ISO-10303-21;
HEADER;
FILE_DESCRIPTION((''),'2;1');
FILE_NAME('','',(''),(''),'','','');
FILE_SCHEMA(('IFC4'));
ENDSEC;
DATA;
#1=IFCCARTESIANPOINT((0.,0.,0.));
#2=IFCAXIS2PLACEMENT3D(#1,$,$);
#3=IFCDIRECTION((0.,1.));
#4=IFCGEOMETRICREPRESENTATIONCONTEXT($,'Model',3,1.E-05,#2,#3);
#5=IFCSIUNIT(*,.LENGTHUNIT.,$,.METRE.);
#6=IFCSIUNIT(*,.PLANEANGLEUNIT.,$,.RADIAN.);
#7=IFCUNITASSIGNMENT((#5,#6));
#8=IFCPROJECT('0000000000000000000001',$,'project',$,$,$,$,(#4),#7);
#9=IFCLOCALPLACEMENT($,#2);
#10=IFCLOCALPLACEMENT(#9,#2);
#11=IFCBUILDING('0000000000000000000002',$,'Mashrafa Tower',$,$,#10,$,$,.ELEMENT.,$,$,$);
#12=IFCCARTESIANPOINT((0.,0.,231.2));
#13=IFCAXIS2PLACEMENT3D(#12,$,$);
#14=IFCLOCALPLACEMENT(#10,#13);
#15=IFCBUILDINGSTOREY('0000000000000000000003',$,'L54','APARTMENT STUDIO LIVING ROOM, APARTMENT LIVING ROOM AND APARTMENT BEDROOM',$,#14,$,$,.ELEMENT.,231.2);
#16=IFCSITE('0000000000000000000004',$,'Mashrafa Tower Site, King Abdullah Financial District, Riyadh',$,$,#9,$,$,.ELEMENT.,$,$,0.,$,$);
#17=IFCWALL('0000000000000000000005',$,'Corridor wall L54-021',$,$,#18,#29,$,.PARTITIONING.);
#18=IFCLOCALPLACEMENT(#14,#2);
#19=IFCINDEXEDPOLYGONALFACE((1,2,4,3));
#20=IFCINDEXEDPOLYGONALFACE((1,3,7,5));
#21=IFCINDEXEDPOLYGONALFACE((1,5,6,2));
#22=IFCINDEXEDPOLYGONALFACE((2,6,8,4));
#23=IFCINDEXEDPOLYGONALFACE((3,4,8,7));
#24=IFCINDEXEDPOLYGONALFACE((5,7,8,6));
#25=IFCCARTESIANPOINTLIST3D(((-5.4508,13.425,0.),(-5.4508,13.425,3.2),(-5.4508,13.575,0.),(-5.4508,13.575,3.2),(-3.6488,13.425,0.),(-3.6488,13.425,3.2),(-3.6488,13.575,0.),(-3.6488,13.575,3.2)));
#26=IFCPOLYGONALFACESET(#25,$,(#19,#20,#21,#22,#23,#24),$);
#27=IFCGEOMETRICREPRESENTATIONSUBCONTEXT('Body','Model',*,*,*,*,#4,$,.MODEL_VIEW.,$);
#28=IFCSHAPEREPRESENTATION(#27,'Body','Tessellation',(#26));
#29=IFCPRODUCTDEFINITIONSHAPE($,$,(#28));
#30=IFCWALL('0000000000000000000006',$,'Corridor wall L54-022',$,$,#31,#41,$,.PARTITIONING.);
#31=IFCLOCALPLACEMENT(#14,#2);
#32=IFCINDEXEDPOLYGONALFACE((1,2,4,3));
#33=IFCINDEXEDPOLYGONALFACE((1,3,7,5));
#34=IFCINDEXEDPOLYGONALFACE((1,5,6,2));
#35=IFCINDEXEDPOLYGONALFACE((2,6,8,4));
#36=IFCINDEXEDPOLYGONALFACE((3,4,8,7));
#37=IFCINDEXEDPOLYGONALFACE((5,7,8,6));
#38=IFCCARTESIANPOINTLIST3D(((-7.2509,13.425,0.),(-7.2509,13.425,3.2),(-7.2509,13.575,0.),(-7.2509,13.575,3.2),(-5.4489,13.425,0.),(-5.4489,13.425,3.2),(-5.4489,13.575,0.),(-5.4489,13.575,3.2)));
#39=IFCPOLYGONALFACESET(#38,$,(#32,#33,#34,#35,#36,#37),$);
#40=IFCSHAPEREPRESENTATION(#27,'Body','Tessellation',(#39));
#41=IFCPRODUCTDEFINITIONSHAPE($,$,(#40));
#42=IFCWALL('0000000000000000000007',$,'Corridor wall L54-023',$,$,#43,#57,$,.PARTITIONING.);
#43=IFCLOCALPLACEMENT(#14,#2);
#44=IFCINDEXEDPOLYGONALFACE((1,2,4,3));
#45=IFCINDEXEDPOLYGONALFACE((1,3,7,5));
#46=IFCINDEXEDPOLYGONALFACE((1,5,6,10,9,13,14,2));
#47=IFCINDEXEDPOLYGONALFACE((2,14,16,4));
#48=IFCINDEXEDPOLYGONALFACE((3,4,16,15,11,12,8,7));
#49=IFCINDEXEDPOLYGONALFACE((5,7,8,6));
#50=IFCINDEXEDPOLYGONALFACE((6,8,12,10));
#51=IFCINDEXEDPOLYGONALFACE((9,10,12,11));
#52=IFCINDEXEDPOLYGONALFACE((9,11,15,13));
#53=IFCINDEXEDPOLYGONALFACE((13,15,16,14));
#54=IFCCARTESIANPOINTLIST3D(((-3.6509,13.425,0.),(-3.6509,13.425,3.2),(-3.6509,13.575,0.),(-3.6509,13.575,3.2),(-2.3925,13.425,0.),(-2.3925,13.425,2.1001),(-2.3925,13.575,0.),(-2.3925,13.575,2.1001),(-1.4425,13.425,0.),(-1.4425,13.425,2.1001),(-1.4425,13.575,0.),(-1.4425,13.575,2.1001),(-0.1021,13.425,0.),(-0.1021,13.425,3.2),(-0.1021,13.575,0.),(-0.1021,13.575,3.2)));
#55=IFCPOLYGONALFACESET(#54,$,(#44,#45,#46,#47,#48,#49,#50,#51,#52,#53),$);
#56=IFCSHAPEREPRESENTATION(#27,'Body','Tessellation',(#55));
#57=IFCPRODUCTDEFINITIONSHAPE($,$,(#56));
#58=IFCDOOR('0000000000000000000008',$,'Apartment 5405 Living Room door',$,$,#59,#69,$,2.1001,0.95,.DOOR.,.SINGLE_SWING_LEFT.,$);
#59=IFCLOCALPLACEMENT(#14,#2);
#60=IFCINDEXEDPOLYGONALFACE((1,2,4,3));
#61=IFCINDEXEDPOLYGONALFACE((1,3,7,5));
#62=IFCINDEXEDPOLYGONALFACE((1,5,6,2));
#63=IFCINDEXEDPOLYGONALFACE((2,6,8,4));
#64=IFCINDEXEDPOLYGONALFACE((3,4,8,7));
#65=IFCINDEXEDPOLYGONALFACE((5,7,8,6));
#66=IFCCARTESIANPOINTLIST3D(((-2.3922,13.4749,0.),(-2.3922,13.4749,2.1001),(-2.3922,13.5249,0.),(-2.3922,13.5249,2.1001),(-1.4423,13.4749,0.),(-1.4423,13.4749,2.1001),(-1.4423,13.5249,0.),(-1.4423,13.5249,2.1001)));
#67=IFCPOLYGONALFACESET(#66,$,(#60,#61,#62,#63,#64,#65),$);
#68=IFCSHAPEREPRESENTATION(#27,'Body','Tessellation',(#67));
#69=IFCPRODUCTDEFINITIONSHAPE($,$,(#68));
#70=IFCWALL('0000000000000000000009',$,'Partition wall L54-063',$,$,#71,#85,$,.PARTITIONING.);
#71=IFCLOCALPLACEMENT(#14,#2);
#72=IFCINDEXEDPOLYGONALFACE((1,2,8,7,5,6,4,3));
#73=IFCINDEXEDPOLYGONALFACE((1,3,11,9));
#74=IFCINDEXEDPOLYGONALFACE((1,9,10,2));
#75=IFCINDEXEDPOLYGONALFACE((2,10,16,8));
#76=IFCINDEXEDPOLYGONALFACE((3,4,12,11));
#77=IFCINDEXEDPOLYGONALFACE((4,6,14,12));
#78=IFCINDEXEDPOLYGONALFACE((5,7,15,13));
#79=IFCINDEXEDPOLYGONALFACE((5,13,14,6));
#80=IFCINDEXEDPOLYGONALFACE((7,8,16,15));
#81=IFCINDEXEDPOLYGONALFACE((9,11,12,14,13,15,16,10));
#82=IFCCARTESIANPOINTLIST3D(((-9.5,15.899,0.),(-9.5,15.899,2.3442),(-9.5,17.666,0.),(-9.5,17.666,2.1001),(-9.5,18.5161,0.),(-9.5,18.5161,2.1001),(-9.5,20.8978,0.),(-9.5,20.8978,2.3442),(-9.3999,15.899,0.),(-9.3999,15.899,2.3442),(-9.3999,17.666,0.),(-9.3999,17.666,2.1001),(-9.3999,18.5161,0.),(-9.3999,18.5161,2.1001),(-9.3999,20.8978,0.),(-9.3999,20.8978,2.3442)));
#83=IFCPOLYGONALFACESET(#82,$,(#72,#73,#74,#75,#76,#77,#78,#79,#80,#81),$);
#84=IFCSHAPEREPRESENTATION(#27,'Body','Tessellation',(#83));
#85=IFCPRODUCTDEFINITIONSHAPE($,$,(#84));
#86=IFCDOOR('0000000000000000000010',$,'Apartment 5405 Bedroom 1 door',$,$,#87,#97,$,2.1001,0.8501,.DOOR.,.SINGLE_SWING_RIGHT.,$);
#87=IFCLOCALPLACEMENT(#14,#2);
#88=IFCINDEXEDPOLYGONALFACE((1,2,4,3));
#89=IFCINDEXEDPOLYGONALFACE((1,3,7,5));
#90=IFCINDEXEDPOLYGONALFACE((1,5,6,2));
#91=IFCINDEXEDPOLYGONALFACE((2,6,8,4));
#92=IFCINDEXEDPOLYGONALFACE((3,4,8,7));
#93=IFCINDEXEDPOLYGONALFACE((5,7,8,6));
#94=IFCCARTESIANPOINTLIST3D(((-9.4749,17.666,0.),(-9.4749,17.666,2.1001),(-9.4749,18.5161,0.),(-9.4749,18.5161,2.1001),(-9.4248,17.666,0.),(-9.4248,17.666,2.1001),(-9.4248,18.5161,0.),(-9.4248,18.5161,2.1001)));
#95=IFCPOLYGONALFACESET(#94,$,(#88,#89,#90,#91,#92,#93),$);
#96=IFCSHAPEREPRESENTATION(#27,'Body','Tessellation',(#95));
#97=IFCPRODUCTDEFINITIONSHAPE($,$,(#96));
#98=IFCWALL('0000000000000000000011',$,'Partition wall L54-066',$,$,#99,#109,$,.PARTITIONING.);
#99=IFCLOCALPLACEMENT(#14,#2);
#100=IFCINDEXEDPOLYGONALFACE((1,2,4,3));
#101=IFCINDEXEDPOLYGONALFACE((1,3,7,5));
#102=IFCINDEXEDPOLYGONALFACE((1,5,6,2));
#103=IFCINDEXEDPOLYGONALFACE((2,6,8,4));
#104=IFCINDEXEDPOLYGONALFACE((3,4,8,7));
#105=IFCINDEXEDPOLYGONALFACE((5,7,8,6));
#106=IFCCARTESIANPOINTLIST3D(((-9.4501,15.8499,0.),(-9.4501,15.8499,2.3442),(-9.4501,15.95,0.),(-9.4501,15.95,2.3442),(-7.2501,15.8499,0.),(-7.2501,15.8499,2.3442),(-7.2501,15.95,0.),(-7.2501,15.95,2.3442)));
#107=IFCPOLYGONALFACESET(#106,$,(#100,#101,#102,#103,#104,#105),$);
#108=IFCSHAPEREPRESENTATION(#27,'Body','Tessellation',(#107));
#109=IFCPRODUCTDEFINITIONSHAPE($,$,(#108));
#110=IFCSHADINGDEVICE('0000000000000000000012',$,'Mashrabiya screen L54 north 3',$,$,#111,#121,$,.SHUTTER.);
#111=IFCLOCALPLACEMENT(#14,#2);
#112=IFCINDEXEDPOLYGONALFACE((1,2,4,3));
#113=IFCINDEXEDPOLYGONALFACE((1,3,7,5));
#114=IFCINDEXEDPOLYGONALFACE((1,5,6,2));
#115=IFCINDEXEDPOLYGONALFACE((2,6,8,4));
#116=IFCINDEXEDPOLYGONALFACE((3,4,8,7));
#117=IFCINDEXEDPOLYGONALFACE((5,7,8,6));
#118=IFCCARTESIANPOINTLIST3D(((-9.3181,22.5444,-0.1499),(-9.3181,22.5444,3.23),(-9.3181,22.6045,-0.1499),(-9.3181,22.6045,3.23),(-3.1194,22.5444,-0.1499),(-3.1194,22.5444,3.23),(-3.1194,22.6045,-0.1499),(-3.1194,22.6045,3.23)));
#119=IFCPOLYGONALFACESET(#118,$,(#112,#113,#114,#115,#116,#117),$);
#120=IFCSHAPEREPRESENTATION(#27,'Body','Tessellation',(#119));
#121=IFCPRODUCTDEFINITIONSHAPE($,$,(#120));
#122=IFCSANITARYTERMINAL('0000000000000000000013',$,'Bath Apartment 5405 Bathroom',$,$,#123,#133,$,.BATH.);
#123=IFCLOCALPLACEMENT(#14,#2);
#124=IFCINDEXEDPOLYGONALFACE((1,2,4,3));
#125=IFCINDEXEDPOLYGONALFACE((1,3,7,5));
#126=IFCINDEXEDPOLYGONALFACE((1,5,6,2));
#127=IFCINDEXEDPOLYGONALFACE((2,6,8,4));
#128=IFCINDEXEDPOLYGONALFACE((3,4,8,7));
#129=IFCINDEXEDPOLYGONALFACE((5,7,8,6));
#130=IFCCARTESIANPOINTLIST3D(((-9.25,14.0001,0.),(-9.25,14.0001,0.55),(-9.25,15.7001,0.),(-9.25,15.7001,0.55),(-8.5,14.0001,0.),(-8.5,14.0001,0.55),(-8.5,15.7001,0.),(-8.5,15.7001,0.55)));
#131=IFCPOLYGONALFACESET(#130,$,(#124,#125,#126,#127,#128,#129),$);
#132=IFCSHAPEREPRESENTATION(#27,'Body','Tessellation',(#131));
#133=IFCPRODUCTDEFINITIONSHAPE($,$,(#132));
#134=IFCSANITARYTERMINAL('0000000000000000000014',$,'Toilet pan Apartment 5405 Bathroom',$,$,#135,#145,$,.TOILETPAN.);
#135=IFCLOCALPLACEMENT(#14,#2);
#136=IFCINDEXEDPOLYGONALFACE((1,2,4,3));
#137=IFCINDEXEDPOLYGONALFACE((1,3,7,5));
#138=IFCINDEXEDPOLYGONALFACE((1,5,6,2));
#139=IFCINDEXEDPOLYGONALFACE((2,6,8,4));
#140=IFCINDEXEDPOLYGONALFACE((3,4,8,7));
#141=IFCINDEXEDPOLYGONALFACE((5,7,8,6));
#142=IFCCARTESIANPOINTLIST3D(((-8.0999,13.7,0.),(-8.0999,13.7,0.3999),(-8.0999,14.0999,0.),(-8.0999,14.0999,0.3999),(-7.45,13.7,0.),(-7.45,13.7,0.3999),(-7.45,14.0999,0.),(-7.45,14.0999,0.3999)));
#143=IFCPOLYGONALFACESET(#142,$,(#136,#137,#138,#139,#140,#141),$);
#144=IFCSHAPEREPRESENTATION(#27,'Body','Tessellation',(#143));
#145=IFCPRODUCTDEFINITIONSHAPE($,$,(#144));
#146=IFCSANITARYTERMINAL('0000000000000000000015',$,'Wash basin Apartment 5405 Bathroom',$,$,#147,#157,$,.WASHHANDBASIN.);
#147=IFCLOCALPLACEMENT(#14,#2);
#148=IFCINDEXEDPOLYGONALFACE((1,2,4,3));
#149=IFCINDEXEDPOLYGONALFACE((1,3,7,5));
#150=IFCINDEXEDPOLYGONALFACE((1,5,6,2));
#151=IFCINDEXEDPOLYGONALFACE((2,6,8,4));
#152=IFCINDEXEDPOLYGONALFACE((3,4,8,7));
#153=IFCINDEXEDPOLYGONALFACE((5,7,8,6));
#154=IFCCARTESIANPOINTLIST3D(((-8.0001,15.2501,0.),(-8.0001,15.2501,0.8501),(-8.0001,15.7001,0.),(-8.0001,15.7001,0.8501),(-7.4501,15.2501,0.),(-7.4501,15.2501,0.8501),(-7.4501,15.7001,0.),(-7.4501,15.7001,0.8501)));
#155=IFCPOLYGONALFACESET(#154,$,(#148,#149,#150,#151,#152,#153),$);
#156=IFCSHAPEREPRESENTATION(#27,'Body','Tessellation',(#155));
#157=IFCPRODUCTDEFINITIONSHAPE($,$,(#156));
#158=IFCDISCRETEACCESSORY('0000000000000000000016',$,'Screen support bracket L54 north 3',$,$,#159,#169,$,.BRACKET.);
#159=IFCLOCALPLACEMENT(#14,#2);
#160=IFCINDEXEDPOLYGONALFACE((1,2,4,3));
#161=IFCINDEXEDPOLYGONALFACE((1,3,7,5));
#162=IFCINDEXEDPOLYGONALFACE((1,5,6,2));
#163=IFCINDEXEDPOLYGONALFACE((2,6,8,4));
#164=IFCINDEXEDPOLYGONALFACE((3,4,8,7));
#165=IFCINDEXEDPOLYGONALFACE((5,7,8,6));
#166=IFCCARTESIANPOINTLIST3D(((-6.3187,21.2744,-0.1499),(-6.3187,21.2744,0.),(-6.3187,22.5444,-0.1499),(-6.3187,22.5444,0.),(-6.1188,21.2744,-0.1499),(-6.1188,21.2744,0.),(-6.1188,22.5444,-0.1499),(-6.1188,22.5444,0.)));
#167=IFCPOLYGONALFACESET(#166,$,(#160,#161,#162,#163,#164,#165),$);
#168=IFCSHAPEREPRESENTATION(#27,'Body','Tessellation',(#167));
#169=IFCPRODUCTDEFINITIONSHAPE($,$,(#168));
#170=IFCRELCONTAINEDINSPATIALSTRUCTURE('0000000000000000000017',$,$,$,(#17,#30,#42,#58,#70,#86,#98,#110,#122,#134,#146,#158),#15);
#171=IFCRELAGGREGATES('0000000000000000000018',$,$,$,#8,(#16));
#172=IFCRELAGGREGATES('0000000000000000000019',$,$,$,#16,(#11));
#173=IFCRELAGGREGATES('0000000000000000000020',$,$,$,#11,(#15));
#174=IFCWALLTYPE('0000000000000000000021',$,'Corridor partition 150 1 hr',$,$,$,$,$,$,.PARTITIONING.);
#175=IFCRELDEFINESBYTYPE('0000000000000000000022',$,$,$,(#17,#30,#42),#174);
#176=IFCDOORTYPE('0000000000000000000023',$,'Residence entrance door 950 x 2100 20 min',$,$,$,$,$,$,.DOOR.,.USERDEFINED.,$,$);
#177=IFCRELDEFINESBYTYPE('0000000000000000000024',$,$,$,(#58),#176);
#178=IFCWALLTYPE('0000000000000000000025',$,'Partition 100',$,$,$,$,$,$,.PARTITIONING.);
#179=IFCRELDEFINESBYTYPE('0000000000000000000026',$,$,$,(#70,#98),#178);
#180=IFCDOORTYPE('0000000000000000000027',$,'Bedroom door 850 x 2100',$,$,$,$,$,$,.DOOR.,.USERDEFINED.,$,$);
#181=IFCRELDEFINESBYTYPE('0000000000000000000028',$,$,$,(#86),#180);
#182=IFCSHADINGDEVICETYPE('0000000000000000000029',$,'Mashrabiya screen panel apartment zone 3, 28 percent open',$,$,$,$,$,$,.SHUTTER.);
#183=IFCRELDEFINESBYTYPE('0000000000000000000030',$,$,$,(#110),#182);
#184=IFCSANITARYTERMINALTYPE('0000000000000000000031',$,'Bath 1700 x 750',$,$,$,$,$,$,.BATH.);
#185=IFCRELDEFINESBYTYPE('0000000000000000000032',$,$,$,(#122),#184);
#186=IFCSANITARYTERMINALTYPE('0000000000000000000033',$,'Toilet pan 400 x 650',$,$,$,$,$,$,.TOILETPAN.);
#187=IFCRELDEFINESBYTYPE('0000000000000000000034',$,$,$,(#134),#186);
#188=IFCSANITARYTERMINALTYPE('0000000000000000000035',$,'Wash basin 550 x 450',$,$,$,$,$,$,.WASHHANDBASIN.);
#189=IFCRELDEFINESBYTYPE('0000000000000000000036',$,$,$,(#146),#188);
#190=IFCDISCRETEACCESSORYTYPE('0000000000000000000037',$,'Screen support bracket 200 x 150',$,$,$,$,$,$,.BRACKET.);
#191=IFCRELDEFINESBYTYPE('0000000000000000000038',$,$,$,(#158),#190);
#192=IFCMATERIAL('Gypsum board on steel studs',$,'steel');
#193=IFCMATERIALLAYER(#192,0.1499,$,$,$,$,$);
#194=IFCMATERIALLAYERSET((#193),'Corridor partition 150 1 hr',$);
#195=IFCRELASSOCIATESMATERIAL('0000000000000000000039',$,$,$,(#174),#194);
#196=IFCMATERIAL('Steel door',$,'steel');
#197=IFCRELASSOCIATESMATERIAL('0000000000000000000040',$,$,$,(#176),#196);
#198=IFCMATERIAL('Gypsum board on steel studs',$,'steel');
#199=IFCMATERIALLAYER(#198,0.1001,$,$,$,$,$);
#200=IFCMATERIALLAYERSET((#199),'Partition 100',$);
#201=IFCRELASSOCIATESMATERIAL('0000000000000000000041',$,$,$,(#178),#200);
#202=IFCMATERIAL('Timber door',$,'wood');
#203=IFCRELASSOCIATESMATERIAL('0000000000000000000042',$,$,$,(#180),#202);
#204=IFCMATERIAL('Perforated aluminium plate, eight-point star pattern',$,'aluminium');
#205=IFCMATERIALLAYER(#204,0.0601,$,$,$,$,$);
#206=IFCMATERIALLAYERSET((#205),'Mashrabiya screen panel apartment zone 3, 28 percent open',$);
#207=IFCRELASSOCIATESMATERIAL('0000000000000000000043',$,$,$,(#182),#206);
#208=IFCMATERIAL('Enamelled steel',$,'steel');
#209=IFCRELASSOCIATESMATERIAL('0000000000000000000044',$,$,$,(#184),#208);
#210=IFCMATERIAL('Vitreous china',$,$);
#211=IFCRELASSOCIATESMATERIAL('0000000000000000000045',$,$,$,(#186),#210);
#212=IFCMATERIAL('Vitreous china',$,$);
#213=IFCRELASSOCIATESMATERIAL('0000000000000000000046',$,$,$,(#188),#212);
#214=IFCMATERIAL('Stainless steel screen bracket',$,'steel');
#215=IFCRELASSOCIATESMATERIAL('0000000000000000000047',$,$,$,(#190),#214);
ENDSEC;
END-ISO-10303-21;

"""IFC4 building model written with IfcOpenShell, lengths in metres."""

from ifc_helpers import new_model, si_unit, direction, frame, frame_2d, origin, origin_2d, place, context, subcontext, project, spatial, rectangle, extrude, source, transform, mapped, material, layer, layer_set, type_object, type_shapes, element, fill, save


model = new_model("IFC4")

# Units and contexts
model_context = context("Model", 3, precision=1e-05, world=origin(), true_north=direction((0.0, 1.0)))
body_context = subcontext(model_context, "Body", "Model", "MODEL_VIEW")
ifc_project = project(units=[si_unit("LENGTHUNIT", "METRE"), si_unit("PLANEANGLEUNIT", "RADIAN")], contexts=[model_context])

# Site, building, storey
site_placement = place(None, origin())
site = spatial("IfcSite", under=ifc_project, at=site_placement, Name="Mashrafa Tower Site, King Abdullah Financial District, Riyadh", CompositionType="ELEMENT", RefElevation=0.0)
building_placement = place(site_placement, origin())
building = spatial("IfcBuilding", under=site, at=building_placement, Name="Mashrafa Tower", CompositionType="ELEMENT")
storey_placement = place(building_placement, frame((0.0, 0.0, 231.2)))
storey = spatial("IfcBuildingStorey", under=building, at=storey_placement, Name="L54", Description="APARTMENT STUDIO LIVING ROOM, APARTMENT LIVING ROOM AND APARTMENT BEDROOM", CompositionType="ELEMENT", Elevation=231.2)

# Walls
ifc_material_1 = material(Name="Gypsum board on steel studs", Category="steel")
ifc_layer_1 = layer(ifc_material_1, 0.1499)
ifc_layer_set_1 = layer_set([ifc_layer_1], Name="Corridor partition 150 1 hr")
wall_type_1 = type_object("IfcWallType", Name="Corridor partition 150 1 hr", PredefinedType="PARTITIONING", material=ifc_layer_set_1)
for number, where, z_axis, x_axis, name in (
    (1, (-3.6489, 13.5, 0.0), (0.0, 0.0, 1.0), (-1.0, 0.0, 0.0), "Corridor wall L54-021"),
    (2, (-5.449, 13.5, 0.0), (0.0, 0.0, 1.0), (-1.0, 0.0, 0.0), "Corridor wall L54-022"),
):
    element("IfcWall", number, at=place(storey_placement, frame(where, z_axis=z_axis, x_axis=x_axis)), inside=storey, type_object=wall_type_1, Name=name, PredefinedType="PARTITIONING", context=body_context, shape_type="SweptSolid", body=[
        extrude(rectangle(XDim=1.802, YDim=0.1499, at=frame_2d((0.9009, 0.0))), origin(), (0.0, 0.0, 1.0), 3.2),
    ])

# Walls, openings, doors
wall_1_placement = place(storey_placement, frame((-0.1021, 13.5, 0.0), z_axis=(0.0, 0.0, 1.0), x_axis=(-1.0, 0.0, 0.0)))
wall_1 = element("IfcWall", 3, at=wall_1_placement, inside=storey, type_object=wall_type_1, Name="Corridor wall L54-023", PredefinedType="PARTITIONING", context=body_context, shape_type="SweptSolid", body=[
    extrude(rectangle(XDim=3.5488, YDim=0.1499, at=frame_2d((1.7744, 0.0))), origin(), (0.0, 0.0, 1.0), 3.2),
])
opening_1_placement = place(wall_1_placement, frame((1.3403, 0.0, 0.0)))
opening_1 = element("IfcOpeningElement", 4, at=opening_1_placement, cuts=wall_1, PredefinedType="OPENING", context=body_context, shape_type="SweptSolid", body=[
    extrude(rectangle(XDim=0.95, YDim=2.1001, at=frame_2d((0.4751, 1.05))), frame((0.0, 0.085, 0.0), z_axis=(0.0, -1.0, 0.0), x_axis=(1.0, 0.0, 0.0)), (0.0, 0.0, 1.0), 0.1699),
])
ifc_material_2 = material(Name="Steel door", Category="steel")
door_type_1 = type_object("IfcDoorType", Name="Residence entrance door 950 x 2100 20 min", OperationType="USERDEFINED", PredefinedType="DOOR", material=ifc_material_2)
door_1_placement = place(opening_1_placement, frame((0.95, 0.0, 0.0), z_axis=(0.0, 0.0, 1.0), x_axis=(-1.0, 0.0, 0.0)))
door_1 = element("IfcDoor", 5, at=door_1_placement, inside=storey, type_object=door_type_1, Name="Apartment 5405 Living Room door", OperationType="SINGLE_SWING_LEFT", OverallHeight=2.1001, OverallWidth=0.95, PredefinedType="DOOR", context=body_context, shape_type="SweptSolid", body=[
    extrude(rectangle(XDim=0.95, YDim=2.1001, at=frame_2d((0.4751, 1.05))), frame((0.0, 0.0249, 0.0), z_axis=(0.0, -1.0, 0.0), x_axis=(1.0, 0.0, 0.0)), (0.0, 0.0, 1.0), 0.05),
])
fill(opening_1, door_1)
ifc_material_3 = material(Name="Gypsum board on steel studs", Category="steel")
ifc_layer_2 = layer(ifc_material_3, 0.1001)
ifc_layer_set_2 = layer_set([ifc_layer_2], Name="Partition 100")
wall_type_2 = type_object("IfcWallType", Name="Partition 100", PredefinedType="PARTITIONING", material=ifc_layer_set_2)
wall_2_placement = place(storey_placement, frame((-9.45, 15.8989, 0.0), z_axis=(0.0, 0.0, 1.0), x_axis=(0.0, 1.0, 0.0)))
wall_2 = element("IfcWall", 6, at=wall_2_placement, inside=storey, type_object=wall_type_2, Name="Partition wall L54-063", PredefinedType="PARTITIONING", context=body_context, shape_type="SweptSolid", body=[
    extrude(rectangle(XDim=4.9988, YDim=0.1001, at=frame_2d((2.4995, 0.0))), origin(), (0.0, 0.0, 1.0), 2.3442),
])
opening_2_placement = place(wall_2_placement, frame((1.7671, 0.0, 0.0)))
opening_2 = element("IfcOpeningElement", 7, at=opening_2_placement, cuts=wall_2, PredefinedType="OPENING", context=body_context, shape_type="SweptSolid", body=[
    extrude(rectangle(XDim=0.8501, YDim=2.1001, at=frame_2d((0.425, 1.05))), frame((0.0, 0.0601, 0.0), z_axis=(0.0, -1.0, 0.0), x_axis=(1.0, 0.0, 0.0)), (0.0, 0.0, 1.0), 0.1201),
])
ifc_material_4 = material(Name="Timber door", Category="wood")
door_type_2 = type_object("IfcDoorType", Name="Bedroom door 850 x 2100", OperationType="USERDEFINED", PredefinedType="DOOR", material=ifc_material_4)
door_2_placement = place(opening_2_placement, origin())
door_2 = element("IfcDoor", 8, at=door_2_placement, inside=storey, type_object=door_type_2, Name="Apartment 5405 Bedroom 1 door", OperationType="SINGLE_SWING_RIGHT", OverallHeight=2.1001, OverallWidth=0.8501, PredefinedType="DOOR", context=body_context, shape_type="SweptSolid", body=[
    extrude(rectangle(XDim=0.8501, YDim=2.1001, at=frame_2d((0.425, 1.05))), frame((0.0, 0.0249, 0.0), z_axis=(0.0, -1.0, 0.0), x_axis=(1.0, 0.0, 0.0)), (0.0, 0.0, 1.0), 0.05),
])
fill(opening_2, door_2)

# Wall
wall_3_placement = place(storey_placement, frame((-7.25, 15.8999, 0.0), z_axis=(0.0, 0.0, 1.0), x_axis=(-1.0, 0.0, 0.0)))
element("IfcWall", 9, at=wall_3_placement, inside=storey, type_object=wall_type_2, Name="Partition wall L54-066", PredefinedType="PARTITIONING", context=body_context, shape_type="SweptSolid", body=[
    extrude(rectangle(XDim=2.2, YDim=0.1001, at=frame_2d((1.1001, 0.0))), origin(), (0.0, 0.0, 1.0), 2.3442),
])

# Shading device
ifc_material_5 = material(Name="Perforated aluminium plate, eight-point star pattern", Category="aluminium")
ifc_layer_3 = layer(ifc_material_5, 0.0601)
ifc_layer_set_3 = layer_set([ifc_layer_3], Name="Mashrabiya screen panel apartment zone 3, 28 percent open")
shading_device_type = type_object("IfcShadingDeviceType", Name="Mashrabiya screen panel apartment zone 3, 28 percent open", PredefinedType="SHUTTER", material=ifc_layer_set_3)
shared_shape_1 = source(origin(), body_context, "Body", "SweptSolid", [
    extrude(rectangle(XDim=6.1987, YDim=0.0601, at=origin_2d()), origin(), (0.0, 0.0, 1.0), 3.3799),
])
type_shapes(shading_device_type, [shared_shape_1])
shading_device_placement = place(storey_placement, frame((-6.2188, 22.5745, -0.1499), z_axis=(0.0, 0.0, 1.0), x_axis=(-1.0, 0.0, 0.0)))
element("IfcShadingDevice", 10, at=shading_device_placement, inside=storey, type_object=shading_device_type, Name="Mashrabiya screen L54 north 3", PredefinedType="SHUTTER", context=body_context, shape_type="MappedRepresentation", body=[
    mapped(shared_shape_1, transform((0.0, 0.0, 0.0))),
])

# Sanitary terminals
ifc_material_6 = material(Name="Enamelled steel", Category="steel")
sanitary_terminal_type_1 = type_object("IfcSanitaryTerminalType", Name="Bath 1700 x 750", PredefinedType="BATH", material=ifc_material_6)
sanitary_terminal_1_placement = place(storey_placement, frame((-8.875, 14.8501, 0.0), z_axis=(0.0, 0.0, 1.0), x_axis=(0.0, -1.0, 0.0)))
element("IfcSanitaryTerminal", 11, at=sanitary_terminal_1_placement, inside=storey, type_object=sanitary_terminal_type_1, Name="Bath Apartment 5405 Bathroom", PredefinedType="BATH", context=body_context, shape_type="SweptSolid", body=[
    extrude(rectangle(XDim=1.7, YDim=0.75, at=origin_2d()), origin(), (0.0, 0.0, 1.0), 0.55),
])
ifc_material_7 = material(Name="Vitreous china")
sanitary_terminal_type_2 = type_object("IfcSanitaryTerminalType", Name="Toilet pan 400 x 650", PredefinedType="TOILETPAN", material=ifc_material_7)
sanitary_terminal_2_placement = place(storey_placement, frame((-7.7749, 13.8999, 0.0), z_axis=(0.0, 0.0, 1.0), x_axis=(0.0, 1.0, 0.0)))
element("IfcSanitaryTerminal", 12, at=sanitary_terminal_2_placement, inside=storey, type_object=sanitary_terminal_type_2, Name="Toilet pan Apartment 5405 Bathroom", PredefinedType="TOILETPAN", context=body_context, shape_type="SweptSolid", body=[
    extrude(rectangle(XDim=0.3999, YDim=0.6499, at=origin_2d()), origin(), (0.0, 0.0, 1.0), 0.3999),
])
ifc_material_8 = material(Name="Vitreous china")
sanitary_terminal_type_3 = type_object("IfcSanitaryTerminalType", Name="Wash basin 550 x 450", PredefinedType="WASHHANDBASIN", material=ifc_material_8)
sanitary_terminal_3_placement = place(storey_placement, frame((-7.7251, 15.4751, 0.0), z_axis=(0.0, 0.0, 1.0), x_axis=(-1.0, 0.0, 0.0)))
element("IfcSanitaryTerminal", 13, at=sanitary_terminal_3_placement, inside=storey, type_object=sanitary_terminal_type_3, Name="Wash basin Apartment 5405 Bathroom", PredefinedType="WASHHANDBASIN", context=body_context, shape_type="SweptSolid", body=[
    extrude(rectangle(XDim=0.55, YDim=0.45, at=origin_2d()), origin(), (0.0, 0.0, 1.0), 0.8501),
])

# Discrete accessory
ifc_material_9 = material(Name="Stainless steel screen bracket", Category="steel")
discrete_accessory_type = type_object("IfcDiscreteAccessoryType", Name="Screen support bracket 200 x 150", PredefinedType="BRACKET", material=ifc_material_9)
shared_shape_2 = source(origin(), body_context, "Body", "SweptSolid", [
    extrude(rectangle(XDim=0.2, YDim=1.27, at=origin_2d()), origin(), (0.0, 0.0, 1.0), 0.1499),
])
type_shapes(discrete_accessory_type, [shared_shape_2])
for number, where, z_axis, x_axis, name in (
    (14, (-6.2188, 21.9094, -0.1499), (0.0, 0.0, 1.0), (-1.0, 0.0, 0.0), "Screen support bracket L54 north 3"),
):
    element("IfcDiscreteAccessory", number, at=place(storey_placement, frame(where, z_axis=z_axis, x_axis=x_axis)), inside=storey, type_object=discrete_accessory_type, Name=name, PredefinedType="BRACKET", context=body_context, shape_type="MappedRepresentation", body=[
        mapped(shared_shape_2, transform((0.0, 0.0, 0.0))),
    ])

save(model, "model.ifc")
